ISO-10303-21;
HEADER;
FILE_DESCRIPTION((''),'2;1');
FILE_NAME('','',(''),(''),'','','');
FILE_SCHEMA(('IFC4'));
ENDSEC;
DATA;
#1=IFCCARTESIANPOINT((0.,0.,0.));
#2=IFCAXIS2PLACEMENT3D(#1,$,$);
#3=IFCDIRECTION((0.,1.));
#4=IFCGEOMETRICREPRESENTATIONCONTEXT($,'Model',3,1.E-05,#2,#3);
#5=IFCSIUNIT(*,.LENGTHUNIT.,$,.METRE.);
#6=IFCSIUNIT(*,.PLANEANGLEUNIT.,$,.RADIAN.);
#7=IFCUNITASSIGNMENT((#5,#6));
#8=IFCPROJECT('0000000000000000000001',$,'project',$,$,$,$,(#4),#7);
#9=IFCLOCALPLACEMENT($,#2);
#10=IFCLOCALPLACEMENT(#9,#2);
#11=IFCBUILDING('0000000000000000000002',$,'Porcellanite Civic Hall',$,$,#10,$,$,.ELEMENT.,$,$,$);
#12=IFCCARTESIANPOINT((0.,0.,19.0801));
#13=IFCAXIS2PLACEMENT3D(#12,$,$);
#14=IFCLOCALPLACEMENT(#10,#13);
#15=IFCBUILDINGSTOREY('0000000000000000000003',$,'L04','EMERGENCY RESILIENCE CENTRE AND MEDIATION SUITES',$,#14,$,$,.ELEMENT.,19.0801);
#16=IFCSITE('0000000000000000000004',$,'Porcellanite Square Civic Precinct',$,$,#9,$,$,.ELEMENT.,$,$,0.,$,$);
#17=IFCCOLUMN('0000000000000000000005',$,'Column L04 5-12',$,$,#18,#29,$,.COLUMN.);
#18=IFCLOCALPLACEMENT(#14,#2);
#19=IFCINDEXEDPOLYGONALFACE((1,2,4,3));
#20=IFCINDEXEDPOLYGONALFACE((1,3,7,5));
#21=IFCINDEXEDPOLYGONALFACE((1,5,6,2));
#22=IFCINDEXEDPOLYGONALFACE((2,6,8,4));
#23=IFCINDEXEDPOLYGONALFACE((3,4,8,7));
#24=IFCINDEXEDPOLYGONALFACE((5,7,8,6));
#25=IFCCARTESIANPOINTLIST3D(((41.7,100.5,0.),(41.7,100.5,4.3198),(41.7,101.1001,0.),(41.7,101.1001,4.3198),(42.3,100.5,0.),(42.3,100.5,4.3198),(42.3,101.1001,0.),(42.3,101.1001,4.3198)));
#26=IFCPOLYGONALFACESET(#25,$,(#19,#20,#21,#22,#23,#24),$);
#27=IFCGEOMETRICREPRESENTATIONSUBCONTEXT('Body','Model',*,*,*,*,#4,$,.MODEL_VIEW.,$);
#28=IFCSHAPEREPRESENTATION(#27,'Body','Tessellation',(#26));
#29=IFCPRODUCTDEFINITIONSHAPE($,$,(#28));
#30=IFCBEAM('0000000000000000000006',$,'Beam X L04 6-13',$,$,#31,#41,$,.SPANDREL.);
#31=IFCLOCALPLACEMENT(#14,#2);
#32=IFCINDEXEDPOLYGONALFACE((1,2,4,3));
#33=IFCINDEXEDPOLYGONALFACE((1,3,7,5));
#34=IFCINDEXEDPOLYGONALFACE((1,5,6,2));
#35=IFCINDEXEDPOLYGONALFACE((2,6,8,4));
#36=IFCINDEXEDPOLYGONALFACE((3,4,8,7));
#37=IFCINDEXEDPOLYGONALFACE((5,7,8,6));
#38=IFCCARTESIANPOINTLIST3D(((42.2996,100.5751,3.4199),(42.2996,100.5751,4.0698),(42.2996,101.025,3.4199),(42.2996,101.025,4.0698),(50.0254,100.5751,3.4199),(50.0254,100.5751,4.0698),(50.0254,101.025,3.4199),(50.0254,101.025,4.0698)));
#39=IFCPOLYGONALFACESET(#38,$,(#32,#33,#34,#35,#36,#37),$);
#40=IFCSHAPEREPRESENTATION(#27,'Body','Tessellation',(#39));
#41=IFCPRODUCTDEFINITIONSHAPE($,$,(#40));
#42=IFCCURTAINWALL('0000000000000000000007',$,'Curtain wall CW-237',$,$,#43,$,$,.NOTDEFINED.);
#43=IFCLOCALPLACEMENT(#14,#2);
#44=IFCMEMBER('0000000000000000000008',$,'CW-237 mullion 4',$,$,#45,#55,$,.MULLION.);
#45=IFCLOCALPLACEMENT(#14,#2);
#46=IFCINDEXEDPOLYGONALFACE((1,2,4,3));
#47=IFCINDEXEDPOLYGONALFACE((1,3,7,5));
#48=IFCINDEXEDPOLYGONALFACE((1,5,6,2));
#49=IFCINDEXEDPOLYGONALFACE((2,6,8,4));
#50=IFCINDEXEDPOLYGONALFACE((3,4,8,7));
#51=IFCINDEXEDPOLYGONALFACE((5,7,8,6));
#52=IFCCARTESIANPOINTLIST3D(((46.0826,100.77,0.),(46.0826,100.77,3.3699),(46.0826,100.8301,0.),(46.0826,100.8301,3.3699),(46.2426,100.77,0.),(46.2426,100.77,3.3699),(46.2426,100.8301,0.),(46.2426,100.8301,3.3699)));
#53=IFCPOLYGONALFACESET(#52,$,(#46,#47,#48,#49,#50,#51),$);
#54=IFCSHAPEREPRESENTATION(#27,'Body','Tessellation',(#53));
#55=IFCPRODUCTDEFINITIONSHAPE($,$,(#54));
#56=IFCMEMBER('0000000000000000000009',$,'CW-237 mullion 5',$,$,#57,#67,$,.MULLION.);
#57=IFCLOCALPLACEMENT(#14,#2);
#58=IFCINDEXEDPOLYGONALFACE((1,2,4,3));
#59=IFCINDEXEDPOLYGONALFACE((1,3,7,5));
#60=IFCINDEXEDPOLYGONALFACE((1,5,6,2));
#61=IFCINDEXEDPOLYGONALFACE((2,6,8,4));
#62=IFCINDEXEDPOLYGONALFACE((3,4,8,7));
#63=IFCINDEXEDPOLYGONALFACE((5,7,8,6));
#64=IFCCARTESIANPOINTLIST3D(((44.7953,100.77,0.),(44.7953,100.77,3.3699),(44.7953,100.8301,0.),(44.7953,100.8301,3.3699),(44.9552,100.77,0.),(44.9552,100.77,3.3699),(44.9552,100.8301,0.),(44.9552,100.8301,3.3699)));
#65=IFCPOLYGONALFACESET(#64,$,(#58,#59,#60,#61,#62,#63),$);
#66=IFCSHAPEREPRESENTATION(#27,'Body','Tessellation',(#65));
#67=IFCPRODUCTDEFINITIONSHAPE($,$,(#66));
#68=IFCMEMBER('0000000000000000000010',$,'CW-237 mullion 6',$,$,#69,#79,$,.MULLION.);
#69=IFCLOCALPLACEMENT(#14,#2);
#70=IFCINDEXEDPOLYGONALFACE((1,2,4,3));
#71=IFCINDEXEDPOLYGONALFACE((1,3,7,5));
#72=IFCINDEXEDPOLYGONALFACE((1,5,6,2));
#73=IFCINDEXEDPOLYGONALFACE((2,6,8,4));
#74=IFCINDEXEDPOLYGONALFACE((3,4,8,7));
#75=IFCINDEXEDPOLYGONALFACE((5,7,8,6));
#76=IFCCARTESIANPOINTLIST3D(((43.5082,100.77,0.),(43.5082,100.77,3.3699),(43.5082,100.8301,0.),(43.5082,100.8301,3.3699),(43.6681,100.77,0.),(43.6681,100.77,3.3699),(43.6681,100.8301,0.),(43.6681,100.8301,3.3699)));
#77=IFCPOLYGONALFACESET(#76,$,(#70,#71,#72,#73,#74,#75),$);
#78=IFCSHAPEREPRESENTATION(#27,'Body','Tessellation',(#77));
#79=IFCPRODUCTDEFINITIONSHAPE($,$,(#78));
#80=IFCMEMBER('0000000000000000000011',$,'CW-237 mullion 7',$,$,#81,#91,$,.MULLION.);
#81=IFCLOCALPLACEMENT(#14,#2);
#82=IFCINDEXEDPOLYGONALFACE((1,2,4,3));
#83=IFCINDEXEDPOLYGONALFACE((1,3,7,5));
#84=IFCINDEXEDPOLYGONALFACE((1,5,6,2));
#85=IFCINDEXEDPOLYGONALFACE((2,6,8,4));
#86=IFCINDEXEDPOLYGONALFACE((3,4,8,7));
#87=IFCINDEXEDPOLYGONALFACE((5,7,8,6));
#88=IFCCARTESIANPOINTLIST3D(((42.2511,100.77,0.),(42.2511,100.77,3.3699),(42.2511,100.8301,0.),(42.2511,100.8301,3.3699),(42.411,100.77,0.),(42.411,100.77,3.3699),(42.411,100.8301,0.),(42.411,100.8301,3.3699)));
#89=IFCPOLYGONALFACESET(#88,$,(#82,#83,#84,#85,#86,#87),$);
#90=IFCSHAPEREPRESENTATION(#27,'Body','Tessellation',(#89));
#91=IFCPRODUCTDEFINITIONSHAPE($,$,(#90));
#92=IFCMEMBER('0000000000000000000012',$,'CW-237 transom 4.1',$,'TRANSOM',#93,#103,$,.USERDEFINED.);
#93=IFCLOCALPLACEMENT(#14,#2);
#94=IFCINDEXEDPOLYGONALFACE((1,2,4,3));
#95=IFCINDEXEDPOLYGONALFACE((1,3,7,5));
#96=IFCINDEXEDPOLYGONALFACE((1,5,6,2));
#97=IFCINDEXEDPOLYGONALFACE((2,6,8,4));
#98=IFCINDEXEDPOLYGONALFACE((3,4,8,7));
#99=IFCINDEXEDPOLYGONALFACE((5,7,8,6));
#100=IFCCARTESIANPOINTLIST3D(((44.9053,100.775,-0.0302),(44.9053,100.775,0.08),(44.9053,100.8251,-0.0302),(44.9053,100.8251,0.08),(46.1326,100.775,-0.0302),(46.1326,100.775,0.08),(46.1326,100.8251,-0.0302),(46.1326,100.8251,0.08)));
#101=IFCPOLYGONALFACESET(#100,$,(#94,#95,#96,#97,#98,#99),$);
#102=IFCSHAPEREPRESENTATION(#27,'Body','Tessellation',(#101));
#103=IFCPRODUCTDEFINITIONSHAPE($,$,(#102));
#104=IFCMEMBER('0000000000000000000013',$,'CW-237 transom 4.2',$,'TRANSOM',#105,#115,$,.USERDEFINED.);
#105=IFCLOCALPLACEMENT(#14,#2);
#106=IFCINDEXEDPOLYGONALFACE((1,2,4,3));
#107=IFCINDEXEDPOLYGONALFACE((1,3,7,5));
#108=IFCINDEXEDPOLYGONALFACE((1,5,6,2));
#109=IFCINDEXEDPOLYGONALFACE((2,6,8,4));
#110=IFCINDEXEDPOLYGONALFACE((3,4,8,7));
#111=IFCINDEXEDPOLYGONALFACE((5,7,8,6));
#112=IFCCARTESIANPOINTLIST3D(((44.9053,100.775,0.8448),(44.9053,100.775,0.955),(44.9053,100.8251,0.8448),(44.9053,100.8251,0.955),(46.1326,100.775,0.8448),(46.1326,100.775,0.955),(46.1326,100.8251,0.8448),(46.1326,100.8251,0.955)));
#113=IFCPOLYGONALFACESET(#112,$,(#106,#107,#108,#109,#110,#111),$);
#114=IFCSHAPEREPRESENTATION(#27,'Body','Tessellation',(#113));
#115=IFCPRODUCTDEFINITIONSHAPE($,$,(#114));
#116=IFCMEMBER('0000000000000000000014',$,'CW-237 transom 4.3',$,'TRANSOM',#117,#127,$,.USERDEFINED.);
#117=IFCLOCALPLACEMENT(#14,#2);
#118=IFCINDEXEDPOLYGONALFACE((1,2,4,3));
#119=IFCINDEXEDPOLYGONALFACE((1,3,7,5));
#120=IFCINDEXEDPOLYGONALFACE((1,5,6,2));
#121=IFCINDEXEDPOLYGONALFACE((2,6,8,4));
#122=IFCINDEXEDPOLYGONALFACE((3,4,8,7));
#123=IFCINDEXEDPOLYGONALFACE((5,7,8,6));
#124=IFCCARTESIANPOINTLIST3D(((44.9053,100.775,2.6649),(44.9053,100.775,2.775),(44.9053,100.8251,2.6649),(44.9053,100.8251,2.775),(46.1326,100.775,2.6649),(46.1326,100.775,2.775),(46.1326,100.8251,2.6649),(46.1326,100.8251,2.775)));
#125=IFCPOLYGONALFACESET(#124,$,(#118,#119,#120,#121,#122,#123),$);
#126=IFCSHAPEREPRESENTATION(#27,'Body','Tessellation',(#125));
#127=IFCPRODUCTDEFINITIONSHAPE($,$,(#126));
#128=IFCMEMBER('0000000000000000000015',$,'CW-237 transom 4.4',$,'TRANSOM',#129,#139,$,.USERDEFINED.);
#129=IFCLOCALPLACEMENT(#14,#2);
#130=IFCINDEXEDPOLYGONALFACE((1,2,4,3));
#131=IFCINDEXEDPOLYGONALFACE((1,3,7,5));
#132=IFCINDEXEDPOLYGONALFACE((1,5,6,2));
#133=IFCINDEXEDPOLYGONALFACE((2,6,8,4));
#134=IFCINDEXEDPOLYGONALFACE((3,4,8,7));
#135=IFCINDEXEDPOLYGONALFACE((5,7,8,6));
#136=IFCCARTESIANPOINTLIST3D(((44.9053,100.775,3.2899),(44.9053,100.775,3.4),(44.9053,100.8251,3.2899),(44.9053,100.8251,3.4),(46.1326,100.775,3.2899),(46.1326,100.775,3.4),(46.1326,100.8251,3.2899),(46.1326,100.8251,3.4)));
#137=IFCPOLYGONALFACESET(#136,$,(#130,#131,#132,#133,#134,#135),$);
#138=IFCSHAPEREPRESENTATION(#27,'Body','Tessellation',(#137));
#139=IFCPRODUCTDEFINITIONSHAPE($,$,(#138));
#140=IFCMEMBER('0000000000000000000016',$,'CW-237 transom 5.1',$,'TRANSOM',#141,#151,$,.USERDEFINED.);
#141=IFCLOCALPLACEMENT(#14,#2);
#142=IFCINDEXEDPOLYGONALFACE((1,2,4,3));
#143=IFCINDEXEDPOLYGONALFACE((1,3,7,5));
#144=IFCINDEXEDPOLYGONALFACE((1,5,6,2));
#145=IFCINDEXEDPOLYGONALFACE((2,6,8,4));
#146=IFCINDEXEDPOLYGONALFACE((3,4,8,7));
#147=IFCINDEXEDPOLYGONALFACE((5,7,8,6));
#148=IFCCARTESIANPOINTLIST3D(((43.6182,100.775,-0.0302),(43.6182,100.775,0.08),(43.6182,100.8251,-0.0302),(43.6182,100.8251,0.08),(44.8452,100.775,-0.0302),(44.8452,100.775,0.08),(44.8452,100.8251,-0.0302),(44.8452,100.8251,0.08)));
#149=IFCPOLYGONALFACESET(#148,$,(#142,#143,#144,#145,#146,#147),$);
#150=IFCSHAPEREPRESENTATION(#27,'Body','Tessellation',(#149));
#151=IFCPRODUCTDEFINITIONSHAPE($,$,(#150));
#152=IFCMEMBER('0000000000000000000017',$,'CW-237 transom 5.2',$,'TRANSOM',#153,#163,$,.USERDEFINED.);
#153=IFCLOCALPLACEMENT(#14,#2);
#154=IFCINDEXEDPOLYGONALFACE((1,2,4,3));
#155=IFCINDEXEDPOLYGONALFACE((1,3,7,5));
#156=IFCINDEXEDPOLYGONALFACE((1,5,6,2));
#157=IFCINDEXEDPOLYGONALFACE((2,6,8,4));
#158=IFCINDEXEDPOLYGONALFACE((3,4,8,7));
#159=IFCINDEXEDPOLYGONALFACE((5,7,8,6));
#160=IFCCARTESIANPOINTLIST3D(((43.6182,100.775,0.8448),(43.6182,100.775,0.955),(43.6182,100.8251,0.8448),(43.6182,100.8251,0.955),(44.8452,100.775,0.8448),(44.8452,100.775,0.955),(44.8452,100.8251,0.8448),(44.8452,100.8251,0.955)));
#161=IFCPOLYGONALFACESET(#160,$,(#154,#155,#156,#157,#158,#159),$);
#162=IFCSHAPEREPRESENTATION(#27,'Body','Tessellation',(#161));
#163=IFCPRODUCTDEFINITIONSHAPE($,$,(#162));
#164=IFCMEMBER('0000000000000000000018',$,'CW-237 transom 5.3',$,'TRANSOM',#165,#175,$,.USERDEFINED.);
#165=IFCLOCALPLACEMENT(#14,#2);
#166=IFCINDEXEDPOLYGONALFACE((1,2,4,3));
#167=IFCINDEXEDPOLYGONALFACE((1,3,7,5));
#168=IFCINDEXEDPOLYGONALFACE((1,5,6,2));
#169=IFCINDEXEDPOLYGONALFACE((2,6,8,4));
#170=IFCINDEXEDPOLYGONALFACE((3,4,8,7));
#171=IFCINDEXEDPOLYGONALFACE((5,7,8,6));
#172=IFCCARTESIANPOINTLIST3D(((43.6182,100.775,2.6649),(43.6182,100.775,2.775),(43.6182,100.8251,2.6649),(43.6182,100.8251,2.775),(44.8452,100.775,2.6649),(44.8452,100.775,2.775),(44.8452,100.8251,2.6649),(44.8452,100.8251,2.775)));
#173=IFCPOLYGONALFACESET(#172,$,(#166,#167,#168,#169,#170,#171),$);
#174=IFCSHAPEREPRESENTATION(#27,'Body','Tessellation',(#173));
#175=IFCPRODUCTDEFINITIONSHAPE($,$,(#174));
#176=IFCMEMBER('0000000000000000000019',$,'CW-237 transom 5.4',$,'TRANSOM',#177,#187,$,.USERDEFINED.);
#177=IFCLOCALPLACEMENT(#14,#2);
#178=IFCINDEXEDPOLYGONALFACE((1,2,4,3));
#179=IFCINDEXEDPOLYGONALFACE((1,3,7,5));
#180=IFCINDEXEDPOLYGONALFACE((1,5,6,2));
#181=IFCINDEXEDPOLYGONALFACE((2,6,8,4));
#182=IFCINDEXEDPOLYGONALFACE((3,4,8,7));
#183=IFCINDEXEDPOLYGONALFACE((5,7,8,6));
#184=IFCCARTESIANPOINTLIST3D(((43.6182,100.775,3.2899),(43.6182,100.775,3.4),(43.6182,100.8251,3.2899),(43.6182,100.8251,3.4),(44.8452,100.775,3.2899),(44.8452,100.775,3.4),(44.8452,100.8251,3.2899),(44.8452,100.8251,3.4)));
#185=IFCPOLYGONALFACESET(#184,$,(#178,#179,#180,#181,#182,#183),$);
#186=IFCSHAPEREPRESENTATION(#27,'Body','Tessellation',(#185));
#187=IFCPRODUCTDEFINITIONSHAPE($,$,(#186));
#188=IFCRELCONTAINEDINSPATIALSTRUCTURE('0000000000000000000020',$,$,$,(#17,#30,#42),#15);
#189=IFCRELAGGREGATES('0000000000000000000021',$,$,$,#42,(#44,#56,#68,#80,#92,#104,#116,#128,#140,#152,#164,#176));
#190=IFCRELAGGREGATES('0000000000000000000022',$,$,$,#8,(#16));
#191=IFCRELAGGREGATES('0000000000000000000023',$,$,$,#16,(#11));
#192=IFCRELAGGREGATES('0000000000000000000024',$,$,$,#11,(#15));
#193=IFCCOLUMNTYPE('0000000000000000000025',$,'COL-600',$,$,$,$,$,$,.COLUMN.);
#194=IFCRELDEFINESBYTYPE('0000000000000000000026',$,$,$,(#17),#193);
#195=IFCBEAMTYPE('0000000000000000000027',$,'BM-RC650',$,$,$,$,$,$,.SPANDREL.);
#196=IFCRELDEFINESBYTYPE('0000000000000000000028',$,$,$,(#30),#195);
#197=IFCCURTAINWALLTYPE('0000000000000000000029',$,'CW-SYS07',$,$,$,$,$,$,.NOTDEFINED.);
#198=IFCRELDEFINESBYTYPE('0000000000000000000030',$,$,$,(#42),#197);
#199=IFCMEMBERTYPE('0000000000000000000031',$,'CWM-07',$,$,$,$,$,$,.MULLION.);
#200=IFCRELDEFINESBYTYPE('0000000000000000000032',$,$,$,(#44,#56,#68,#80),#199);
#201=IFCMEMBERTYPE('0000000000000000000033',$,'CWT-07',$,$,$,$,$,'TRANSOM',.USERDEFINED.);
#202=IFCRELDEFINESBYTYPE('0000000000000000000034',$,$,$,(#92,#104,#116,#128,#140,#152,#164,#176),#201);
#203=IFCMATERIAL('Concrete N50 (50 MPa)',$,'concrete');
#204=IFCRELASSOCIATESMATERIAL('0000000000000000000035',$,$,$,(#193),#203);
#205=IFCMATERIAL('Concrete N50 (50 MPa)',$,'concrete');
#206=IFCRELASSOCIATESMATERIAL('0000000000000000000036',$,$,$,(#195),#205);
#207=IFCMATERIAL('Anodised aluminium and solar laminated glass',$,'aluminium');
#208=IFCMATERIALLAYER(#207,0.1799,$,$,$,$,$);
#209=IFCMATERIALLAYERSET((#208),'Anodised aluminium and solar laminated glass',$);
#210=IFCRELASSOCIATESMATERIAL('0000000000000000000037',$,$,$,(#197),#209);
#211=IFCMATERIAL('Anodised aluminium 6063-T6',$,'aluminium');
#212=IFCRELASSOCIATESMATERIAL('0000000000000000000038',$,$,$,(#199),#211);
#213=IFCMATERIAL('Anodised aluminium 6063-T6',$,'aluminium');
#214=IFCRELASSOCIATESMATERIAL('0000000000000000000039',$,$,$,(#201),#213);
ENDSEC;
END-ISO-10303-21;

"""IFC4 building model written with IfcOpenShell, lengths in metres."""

from ifc_helpers import new_model, si_unit, direction, frame, origin, origin_2d, place, context, subcontext, project, spatial, rectangle, extrude, material, layer, layer_set, material_profile, profile_set, type_object, element, aggregate, save


model = new_model("IFC4")

# Units and contexts
model_context = context("Model", 3, precision=1e-05, world=origin(), true_north=direction((0.0, 1.0)))
body_context = subcontext(model_context, "Body", "Model", "MODEL_VIEW")
ifc_project = project(units=[si_unit("LENGTHUNIT", "METRE"), si_unit("PLANEANGLEUNIT", "RADIAN")], contexts=[model_context])

# Site, building, storey
site_placement = place(None, origin())
site = spatial("IfcSite", under=ifc_project, at=site_placement, Name="Porcellanite Square Civic Precinct", CompositionType="ELEMENT", RefElevation=0.0)
building_placement = place(site_placement, origin())
building = spatial("IfcBuilding", under=site, at=building_placement, Name="Porcellanite Civic Hall", CompositionType="ELEMENT")
storey_placement = place(building_placement, frame((0.0, 0.0, 19.0801)))
storey = spatial("IfcBuildingStorey", under=building, at=storey_placement, Name="L04", Description="EMERGENCY RESILIENCE CENTRE AND MEDIATION SUITES", CompositionType="ELEMENT", Elevation=19.0801)

# Column
ifc_material_1 = material(Name="Concrete N50 (50 MPa)", Category="concrete")
ifc_material_profile_1 = material_profile(ifc_material_1, rectangle(XDim=0.6001, YDim=0.6001, at=origin_2d()), Name="RC-600x600")
ifc_profile_set_1 = profile_set([ifc_material_profile_1], Name="Concrete N50 (50 MPa)")
column_type = type_object("IfcColumnType", Name="COL-600", PredefinedType="COLUMN", material=ifc_profile_set_1)
column_placement = place(storey_placement, frame((42.0, 100.8, 0.0), z_axis=(0.0, 0.0, 1.0), x_axis=(1.0, 0.0, 0.0)))
element("IfcColumn", 1, at=column_placement, inside=storey, type_object=column_type, Name="Column L04 5-12", PredefinedType="COLUMN", context=body_context, shape_type="SweptSolid", body=[
    extrude(rectangle(XDim=0.6001, YDim=0.6001, at=origin_2d()), origin(), (0.0, 0.0, 1.0), 4.3198),
])

# Beam
ifc_material_2 = material(Name="Concrete N50 (50 MPa)", Category="concrete")
ifc_material_profile_2 = material_profile(ifc_material_2, rectangle(XDim=0.45, YDim=0.6499, at=origin_2d()), Name="RC-450x650")
ifc_profile_set_2 = profile_set([ifc_material_profile_2], Name="Concrete N50 (50 MPa)")
beam_type = type_object("IfcBeamType", Name="BM-RC650", PredefinedType="SPANDREL", material=ifc_profile_set_2)
beam_placement = place(storey_placement, frame((42.2996, 100.8, 3.7449), z_axis=(1.0, 0.0, 0.0), x_axis=(0.0, 1.0, 0.0)))
element("IfcBeam", 2, at=beam_placement, inside=storey, type_object=beam_type, Name="Beam X L04 6-13", PredefinedType="SPANDREL", context=body_context, shape_type="SweptSolid", body=[
    extrude(rectangle(XDim=0.45, YDim=0.6499, at=origin_2d()), origin(), (0.0, 0.0, 1.0), 7.7258),
])

# Curtain wall, members
ifc_material_3 = material(Name="Anodised aluminium and solar laminated glass", Category="aluminium")
ifc_layer_1 = layer(ifc_material_3, 0.1799)
ifc_layer_set_1 = layer_set([ifc_layer_1], Name="Anodised aluminium and solar laminated glass")
curtain_wall_type = type_object("IfcCurtainWallType", Name="CW-SYS07", PredefinedType="NOTDEFINED", material=ifc_layer_set_1)
curtain_wall_placement = place(storey_placement, origin())
curtain_wall = element("IfcCurtainWall", 3, at=curtain_wall_placement, inside=storey, type_object=curtain_wall_type, Name="Curtain wall CW-237", PredefinedType="NOTDEFINED")
ifc_material_4 = material(Name="Anodised aluminium 6063-T6", Category="aluminium")
ifc_material_profile_3 = material_profile(ifc_material_4, rectangle(XDim=0.0601, YDim=0.1599, at=origin_2d()), Name="AL-60x160")
ifc_profile_set_3 = profile_set([ifc_material_profile_3], Name="Anodised aluminium 6063-T6")
member_type_1 = type_object("IfcMemberType", Name="CWM-07", PredefinedType="MULLION", material=ifc_profile_set_3)
member_1_placement = place(storey_placement, frame((46.1626, 100.8, 0.0), z_axis=(0.0, 0.0, 1.0), x_axis=(0.0, -1.0, 0.0)))
member_1 = element("IfcMember", 4, at=member_1_placement, type_object=member_type_1, Name="CW-237 mullion 4", PredefinedType="MULLION", context=body_context, shape_type="SweptSolid", body=[
    extrude(rectangle(XDim=0.0601, YDim=0.1599, at=origin_2d()), origin(), (0.0, 0.0, 1.0), 3.3699),
])
member_2_placement = place(storey_placement, frame((44.8752, 100.8, 0.0), z_axis=(0.0, 0.0, 1.0), x_axis=(0.0, -1.0, 0.0)))
member_2 = element("IfcMember", 5, at=member_2_placement, type_object=member_type_1, Name="CW-237 mullion 5", PredefinedType="MULLION", context=body_context, shape_type="SweptSolid", body=[
    extrude(rectangle(XDim=0.0601, YDim=0.1599, at=origin_2d()), origin(), (0.0, 0.0, 1.0), 3.3699),
])
member_3_placement = place(storey_placement, frame((43.5881, 100.8, 0.0), z_axis=(0.0, 0.0, 1.0), x_axis=(0.0, -1.0, 0.0)))
member_3 = element("IfcMember", 6, at=member_3_placement, type_object=member_type_1, Name="CW-237 mullion 6", PredefinedType="MULLION", context=body_context, shape_type="SweptSolid", body=[
    extrude(rectangle(XDim=0.0601, YDim=0.1599, at=origin_2d()), origin(), (0.0, 0.0, 1.0), 3.3699),
])
member_4_placement = place(storey_placement, frame((42.3311, 100.8, 0.0), z_axis=(0.0, 0.0, 1.0), x_axis=(0.0, -1.0, 0.0)))
member_4 = element("IfcMember", 7, at=member_4_placement, type_object=member_type_1, Name="CW-237 mullion 7", PredefinedType="MULLION", context=body_context, shape_type="SweptSolid", body=[
    extrude(rectangle(XDim=0.0601, YDim=0.1599, at=origin_2d()), origin(), (0.0, 0.0, 1.0), 3.3699),
])
ifc_material_5 = material(Name="Anodised aluminium 6063-T6", Category="aluminium")
ifc_material_profile_4 = material_profile(ifc_material_5, rectangle(XDim=0.05, YDim=0.1101, at=origin_2d()), Name="AL-50x110")
ifc_profile_set_4 = profile_set([ifc_material_profile_4], Name="Anodised aluminium 6063-T6")
member_type_2 = type_object("IfcMemberType", Name="CWT-07", ElementType="TRANSOM", PredefinedType="USERDEFINED", material=ifc_profile_set_4)
member_5_placement = place(storey_placement, frame((46.1326, 100.8, 0.0249), z_axis=(-1.0, 0.0, 0.0), x_axis=(0.0, -1.0, 0.0)))
member_5 = element("IfcMember", 8, at=member_5_placement, type_object=member_type_2, Name="CW-237 transom 4.1", ObjectType="TRANSOM", PredefinedType="USERDEFINED", context=body_context, shape_type="SweptSolid", body=[
    extrude(rectangle(XDim=0.05, YDim=0.1101, at=origin_2d()), origin(), (0.0, 0.0, 1.0), 1.2273),
])
member_6_placement = place(storey_placement, frame((46.1326, 100.8, 0.8999), z_axis=(-1.0, 0.0, 0.0), x_axis=(0.0, -1.0, 0.0)))
member_6 = element("IfcMember", 9, at=member_6_placement, type_object=member_type_2, Name="CW-237 transom 4.2", ObjectType="TRANSOM", PredefinedType="USERDEFINED", context=body_context, shape_type="SweptSolid", body=[
    extrude(rectangle(XDim=0.05, YDim=0.1101, at=origin_2d()), origin(), (0.0, 0.0, 1.0), 1.2273),
])
member_7_placement = place(storey_placement, frame((46.1326, 100.8, 2.72), z_axis=(-1.0, 0.0, 0.0), x_axis=(0.0, -1.0, 0.0)))
member_7 = element("IfcMember", 10, at=member_7_placement, type_object=member_type_2, Name="CW-237 transom 4.3", ObjectType="TRANSOM", PredefinedType="USERDEFINED", context=body_context, shape_type="SweptSolid", body=[
    extrude(rectangle(XDim=0.05, YDim=0.1101, at=origin_2d()), origin(), (0.0, 0.0, 1.0), 1.2273),
])
member_8_placement = place(storey_placement, frame((46.1326, 100.8, 3.345), z_axis=(-1.0, 0.0, 0.0), x_axis=(0.0, -1.0, 0.0)))
member_8 = element("IfcMember", 11, at=member_8_placement, type_object=member_type_2, Name="CW-237 transom 4.4", ObjectType="TRANSOM", PredefinedType="USERDEFINED", context=body_context, shape_type="SweptSolid", body=[
    extrude(rectangle(XDim=0.05, YDim=0.1101, at=origin_2d()), origin(), (0.0, 0.0, 1.0), 1.2273),
])
member_9_placement = place(storey_placement, frame((44.8452, 100.8, 0.0249), z_axis=(-1.0, 0.0, 0.0), x_axis=(0.0, -1.0, 0.0)))
member_9 = element("IfcMember", 12, at=member_9_placement, type_object=member_type_2, Name="CW-237 transom 5.1", ObjectType="TRANSOM", PredefinedType="USERDEFINED", context=body_context, shape_type="SweptSolid", body=[
    extrude(rectangle(XDim=0.05, YDim=0.1101, at=origin_2d()), origin(), (0.0, 0.0, 1.0), 1.2271),
])
member_10_placement = place(storey_placement, frame((44.8452, 100.8, 0.8999), z_axis=(-1.0, 0.0, 0.0), x_axis=(0.0, -1.0, 0.0)))
member_10 = element("IfcMember", 13, at=member_10_placement, type_object=member_type_2, Name="CW-237 transom 5.2", ObjectType="TRANSOM", PredefinedType="USERDEFINED", context=body_context, shape_type="SweptSolid", body=[
    extrude(rectangle(XDim=0.05, YDim=0.1101, at=origin_2d()), origin(), (0.0, 0.0, 1.0), 1.2271),
])
member_11_placement = place(storey_placement, frame((44.8452, 100.8, 2.72), z_axis=(-1.0, 0.0, 0.0), x_axis=(0.0, -1.0, 0.0)))
member_11 = element("IfcMember", 14, at=member_11_placement, type_object=member_type_2, Name="CW-237 transom 5.3", ObjectType="TRANSOM", PredefinedType="USERDEFINED", context=body_context, shape_type="SweptSolid", body=[
    extrude(rectangle(XDim=0.05, YDim=0.1101, at=origin_2d()), origin(), (0.0, 0.0, 1.0), 1.2271),
])
member_12_placement = place(storey_placement, frame((44.8452, 100.8, 3.345), z_axis=(-1.0, 0.0, 0.0), x_axis=(0.0, -1.0, 0.0)))
member_12 = element("IfcMember", 15, at=member_12_placement, type_object=member_type_2, Name="CW-237 transom 5.4", ObjectType="TRANSOM", PredefinedType="USERDEFINED", context=body_context, shape_type="SweptSolid", body=[
    extrude(rectangle(XDim=0.05, YDim=0.1101, at=origin_2d()), origin(), (0.0, 0.0, 1.0), 1.2271),
])
aggregate(curtain_wall, [member_1, member_2, member_3, member_4, member_5, member_6, member_7, member_8, member_9, member_10, member_11, member_12])

save(model, "model.ifc")
